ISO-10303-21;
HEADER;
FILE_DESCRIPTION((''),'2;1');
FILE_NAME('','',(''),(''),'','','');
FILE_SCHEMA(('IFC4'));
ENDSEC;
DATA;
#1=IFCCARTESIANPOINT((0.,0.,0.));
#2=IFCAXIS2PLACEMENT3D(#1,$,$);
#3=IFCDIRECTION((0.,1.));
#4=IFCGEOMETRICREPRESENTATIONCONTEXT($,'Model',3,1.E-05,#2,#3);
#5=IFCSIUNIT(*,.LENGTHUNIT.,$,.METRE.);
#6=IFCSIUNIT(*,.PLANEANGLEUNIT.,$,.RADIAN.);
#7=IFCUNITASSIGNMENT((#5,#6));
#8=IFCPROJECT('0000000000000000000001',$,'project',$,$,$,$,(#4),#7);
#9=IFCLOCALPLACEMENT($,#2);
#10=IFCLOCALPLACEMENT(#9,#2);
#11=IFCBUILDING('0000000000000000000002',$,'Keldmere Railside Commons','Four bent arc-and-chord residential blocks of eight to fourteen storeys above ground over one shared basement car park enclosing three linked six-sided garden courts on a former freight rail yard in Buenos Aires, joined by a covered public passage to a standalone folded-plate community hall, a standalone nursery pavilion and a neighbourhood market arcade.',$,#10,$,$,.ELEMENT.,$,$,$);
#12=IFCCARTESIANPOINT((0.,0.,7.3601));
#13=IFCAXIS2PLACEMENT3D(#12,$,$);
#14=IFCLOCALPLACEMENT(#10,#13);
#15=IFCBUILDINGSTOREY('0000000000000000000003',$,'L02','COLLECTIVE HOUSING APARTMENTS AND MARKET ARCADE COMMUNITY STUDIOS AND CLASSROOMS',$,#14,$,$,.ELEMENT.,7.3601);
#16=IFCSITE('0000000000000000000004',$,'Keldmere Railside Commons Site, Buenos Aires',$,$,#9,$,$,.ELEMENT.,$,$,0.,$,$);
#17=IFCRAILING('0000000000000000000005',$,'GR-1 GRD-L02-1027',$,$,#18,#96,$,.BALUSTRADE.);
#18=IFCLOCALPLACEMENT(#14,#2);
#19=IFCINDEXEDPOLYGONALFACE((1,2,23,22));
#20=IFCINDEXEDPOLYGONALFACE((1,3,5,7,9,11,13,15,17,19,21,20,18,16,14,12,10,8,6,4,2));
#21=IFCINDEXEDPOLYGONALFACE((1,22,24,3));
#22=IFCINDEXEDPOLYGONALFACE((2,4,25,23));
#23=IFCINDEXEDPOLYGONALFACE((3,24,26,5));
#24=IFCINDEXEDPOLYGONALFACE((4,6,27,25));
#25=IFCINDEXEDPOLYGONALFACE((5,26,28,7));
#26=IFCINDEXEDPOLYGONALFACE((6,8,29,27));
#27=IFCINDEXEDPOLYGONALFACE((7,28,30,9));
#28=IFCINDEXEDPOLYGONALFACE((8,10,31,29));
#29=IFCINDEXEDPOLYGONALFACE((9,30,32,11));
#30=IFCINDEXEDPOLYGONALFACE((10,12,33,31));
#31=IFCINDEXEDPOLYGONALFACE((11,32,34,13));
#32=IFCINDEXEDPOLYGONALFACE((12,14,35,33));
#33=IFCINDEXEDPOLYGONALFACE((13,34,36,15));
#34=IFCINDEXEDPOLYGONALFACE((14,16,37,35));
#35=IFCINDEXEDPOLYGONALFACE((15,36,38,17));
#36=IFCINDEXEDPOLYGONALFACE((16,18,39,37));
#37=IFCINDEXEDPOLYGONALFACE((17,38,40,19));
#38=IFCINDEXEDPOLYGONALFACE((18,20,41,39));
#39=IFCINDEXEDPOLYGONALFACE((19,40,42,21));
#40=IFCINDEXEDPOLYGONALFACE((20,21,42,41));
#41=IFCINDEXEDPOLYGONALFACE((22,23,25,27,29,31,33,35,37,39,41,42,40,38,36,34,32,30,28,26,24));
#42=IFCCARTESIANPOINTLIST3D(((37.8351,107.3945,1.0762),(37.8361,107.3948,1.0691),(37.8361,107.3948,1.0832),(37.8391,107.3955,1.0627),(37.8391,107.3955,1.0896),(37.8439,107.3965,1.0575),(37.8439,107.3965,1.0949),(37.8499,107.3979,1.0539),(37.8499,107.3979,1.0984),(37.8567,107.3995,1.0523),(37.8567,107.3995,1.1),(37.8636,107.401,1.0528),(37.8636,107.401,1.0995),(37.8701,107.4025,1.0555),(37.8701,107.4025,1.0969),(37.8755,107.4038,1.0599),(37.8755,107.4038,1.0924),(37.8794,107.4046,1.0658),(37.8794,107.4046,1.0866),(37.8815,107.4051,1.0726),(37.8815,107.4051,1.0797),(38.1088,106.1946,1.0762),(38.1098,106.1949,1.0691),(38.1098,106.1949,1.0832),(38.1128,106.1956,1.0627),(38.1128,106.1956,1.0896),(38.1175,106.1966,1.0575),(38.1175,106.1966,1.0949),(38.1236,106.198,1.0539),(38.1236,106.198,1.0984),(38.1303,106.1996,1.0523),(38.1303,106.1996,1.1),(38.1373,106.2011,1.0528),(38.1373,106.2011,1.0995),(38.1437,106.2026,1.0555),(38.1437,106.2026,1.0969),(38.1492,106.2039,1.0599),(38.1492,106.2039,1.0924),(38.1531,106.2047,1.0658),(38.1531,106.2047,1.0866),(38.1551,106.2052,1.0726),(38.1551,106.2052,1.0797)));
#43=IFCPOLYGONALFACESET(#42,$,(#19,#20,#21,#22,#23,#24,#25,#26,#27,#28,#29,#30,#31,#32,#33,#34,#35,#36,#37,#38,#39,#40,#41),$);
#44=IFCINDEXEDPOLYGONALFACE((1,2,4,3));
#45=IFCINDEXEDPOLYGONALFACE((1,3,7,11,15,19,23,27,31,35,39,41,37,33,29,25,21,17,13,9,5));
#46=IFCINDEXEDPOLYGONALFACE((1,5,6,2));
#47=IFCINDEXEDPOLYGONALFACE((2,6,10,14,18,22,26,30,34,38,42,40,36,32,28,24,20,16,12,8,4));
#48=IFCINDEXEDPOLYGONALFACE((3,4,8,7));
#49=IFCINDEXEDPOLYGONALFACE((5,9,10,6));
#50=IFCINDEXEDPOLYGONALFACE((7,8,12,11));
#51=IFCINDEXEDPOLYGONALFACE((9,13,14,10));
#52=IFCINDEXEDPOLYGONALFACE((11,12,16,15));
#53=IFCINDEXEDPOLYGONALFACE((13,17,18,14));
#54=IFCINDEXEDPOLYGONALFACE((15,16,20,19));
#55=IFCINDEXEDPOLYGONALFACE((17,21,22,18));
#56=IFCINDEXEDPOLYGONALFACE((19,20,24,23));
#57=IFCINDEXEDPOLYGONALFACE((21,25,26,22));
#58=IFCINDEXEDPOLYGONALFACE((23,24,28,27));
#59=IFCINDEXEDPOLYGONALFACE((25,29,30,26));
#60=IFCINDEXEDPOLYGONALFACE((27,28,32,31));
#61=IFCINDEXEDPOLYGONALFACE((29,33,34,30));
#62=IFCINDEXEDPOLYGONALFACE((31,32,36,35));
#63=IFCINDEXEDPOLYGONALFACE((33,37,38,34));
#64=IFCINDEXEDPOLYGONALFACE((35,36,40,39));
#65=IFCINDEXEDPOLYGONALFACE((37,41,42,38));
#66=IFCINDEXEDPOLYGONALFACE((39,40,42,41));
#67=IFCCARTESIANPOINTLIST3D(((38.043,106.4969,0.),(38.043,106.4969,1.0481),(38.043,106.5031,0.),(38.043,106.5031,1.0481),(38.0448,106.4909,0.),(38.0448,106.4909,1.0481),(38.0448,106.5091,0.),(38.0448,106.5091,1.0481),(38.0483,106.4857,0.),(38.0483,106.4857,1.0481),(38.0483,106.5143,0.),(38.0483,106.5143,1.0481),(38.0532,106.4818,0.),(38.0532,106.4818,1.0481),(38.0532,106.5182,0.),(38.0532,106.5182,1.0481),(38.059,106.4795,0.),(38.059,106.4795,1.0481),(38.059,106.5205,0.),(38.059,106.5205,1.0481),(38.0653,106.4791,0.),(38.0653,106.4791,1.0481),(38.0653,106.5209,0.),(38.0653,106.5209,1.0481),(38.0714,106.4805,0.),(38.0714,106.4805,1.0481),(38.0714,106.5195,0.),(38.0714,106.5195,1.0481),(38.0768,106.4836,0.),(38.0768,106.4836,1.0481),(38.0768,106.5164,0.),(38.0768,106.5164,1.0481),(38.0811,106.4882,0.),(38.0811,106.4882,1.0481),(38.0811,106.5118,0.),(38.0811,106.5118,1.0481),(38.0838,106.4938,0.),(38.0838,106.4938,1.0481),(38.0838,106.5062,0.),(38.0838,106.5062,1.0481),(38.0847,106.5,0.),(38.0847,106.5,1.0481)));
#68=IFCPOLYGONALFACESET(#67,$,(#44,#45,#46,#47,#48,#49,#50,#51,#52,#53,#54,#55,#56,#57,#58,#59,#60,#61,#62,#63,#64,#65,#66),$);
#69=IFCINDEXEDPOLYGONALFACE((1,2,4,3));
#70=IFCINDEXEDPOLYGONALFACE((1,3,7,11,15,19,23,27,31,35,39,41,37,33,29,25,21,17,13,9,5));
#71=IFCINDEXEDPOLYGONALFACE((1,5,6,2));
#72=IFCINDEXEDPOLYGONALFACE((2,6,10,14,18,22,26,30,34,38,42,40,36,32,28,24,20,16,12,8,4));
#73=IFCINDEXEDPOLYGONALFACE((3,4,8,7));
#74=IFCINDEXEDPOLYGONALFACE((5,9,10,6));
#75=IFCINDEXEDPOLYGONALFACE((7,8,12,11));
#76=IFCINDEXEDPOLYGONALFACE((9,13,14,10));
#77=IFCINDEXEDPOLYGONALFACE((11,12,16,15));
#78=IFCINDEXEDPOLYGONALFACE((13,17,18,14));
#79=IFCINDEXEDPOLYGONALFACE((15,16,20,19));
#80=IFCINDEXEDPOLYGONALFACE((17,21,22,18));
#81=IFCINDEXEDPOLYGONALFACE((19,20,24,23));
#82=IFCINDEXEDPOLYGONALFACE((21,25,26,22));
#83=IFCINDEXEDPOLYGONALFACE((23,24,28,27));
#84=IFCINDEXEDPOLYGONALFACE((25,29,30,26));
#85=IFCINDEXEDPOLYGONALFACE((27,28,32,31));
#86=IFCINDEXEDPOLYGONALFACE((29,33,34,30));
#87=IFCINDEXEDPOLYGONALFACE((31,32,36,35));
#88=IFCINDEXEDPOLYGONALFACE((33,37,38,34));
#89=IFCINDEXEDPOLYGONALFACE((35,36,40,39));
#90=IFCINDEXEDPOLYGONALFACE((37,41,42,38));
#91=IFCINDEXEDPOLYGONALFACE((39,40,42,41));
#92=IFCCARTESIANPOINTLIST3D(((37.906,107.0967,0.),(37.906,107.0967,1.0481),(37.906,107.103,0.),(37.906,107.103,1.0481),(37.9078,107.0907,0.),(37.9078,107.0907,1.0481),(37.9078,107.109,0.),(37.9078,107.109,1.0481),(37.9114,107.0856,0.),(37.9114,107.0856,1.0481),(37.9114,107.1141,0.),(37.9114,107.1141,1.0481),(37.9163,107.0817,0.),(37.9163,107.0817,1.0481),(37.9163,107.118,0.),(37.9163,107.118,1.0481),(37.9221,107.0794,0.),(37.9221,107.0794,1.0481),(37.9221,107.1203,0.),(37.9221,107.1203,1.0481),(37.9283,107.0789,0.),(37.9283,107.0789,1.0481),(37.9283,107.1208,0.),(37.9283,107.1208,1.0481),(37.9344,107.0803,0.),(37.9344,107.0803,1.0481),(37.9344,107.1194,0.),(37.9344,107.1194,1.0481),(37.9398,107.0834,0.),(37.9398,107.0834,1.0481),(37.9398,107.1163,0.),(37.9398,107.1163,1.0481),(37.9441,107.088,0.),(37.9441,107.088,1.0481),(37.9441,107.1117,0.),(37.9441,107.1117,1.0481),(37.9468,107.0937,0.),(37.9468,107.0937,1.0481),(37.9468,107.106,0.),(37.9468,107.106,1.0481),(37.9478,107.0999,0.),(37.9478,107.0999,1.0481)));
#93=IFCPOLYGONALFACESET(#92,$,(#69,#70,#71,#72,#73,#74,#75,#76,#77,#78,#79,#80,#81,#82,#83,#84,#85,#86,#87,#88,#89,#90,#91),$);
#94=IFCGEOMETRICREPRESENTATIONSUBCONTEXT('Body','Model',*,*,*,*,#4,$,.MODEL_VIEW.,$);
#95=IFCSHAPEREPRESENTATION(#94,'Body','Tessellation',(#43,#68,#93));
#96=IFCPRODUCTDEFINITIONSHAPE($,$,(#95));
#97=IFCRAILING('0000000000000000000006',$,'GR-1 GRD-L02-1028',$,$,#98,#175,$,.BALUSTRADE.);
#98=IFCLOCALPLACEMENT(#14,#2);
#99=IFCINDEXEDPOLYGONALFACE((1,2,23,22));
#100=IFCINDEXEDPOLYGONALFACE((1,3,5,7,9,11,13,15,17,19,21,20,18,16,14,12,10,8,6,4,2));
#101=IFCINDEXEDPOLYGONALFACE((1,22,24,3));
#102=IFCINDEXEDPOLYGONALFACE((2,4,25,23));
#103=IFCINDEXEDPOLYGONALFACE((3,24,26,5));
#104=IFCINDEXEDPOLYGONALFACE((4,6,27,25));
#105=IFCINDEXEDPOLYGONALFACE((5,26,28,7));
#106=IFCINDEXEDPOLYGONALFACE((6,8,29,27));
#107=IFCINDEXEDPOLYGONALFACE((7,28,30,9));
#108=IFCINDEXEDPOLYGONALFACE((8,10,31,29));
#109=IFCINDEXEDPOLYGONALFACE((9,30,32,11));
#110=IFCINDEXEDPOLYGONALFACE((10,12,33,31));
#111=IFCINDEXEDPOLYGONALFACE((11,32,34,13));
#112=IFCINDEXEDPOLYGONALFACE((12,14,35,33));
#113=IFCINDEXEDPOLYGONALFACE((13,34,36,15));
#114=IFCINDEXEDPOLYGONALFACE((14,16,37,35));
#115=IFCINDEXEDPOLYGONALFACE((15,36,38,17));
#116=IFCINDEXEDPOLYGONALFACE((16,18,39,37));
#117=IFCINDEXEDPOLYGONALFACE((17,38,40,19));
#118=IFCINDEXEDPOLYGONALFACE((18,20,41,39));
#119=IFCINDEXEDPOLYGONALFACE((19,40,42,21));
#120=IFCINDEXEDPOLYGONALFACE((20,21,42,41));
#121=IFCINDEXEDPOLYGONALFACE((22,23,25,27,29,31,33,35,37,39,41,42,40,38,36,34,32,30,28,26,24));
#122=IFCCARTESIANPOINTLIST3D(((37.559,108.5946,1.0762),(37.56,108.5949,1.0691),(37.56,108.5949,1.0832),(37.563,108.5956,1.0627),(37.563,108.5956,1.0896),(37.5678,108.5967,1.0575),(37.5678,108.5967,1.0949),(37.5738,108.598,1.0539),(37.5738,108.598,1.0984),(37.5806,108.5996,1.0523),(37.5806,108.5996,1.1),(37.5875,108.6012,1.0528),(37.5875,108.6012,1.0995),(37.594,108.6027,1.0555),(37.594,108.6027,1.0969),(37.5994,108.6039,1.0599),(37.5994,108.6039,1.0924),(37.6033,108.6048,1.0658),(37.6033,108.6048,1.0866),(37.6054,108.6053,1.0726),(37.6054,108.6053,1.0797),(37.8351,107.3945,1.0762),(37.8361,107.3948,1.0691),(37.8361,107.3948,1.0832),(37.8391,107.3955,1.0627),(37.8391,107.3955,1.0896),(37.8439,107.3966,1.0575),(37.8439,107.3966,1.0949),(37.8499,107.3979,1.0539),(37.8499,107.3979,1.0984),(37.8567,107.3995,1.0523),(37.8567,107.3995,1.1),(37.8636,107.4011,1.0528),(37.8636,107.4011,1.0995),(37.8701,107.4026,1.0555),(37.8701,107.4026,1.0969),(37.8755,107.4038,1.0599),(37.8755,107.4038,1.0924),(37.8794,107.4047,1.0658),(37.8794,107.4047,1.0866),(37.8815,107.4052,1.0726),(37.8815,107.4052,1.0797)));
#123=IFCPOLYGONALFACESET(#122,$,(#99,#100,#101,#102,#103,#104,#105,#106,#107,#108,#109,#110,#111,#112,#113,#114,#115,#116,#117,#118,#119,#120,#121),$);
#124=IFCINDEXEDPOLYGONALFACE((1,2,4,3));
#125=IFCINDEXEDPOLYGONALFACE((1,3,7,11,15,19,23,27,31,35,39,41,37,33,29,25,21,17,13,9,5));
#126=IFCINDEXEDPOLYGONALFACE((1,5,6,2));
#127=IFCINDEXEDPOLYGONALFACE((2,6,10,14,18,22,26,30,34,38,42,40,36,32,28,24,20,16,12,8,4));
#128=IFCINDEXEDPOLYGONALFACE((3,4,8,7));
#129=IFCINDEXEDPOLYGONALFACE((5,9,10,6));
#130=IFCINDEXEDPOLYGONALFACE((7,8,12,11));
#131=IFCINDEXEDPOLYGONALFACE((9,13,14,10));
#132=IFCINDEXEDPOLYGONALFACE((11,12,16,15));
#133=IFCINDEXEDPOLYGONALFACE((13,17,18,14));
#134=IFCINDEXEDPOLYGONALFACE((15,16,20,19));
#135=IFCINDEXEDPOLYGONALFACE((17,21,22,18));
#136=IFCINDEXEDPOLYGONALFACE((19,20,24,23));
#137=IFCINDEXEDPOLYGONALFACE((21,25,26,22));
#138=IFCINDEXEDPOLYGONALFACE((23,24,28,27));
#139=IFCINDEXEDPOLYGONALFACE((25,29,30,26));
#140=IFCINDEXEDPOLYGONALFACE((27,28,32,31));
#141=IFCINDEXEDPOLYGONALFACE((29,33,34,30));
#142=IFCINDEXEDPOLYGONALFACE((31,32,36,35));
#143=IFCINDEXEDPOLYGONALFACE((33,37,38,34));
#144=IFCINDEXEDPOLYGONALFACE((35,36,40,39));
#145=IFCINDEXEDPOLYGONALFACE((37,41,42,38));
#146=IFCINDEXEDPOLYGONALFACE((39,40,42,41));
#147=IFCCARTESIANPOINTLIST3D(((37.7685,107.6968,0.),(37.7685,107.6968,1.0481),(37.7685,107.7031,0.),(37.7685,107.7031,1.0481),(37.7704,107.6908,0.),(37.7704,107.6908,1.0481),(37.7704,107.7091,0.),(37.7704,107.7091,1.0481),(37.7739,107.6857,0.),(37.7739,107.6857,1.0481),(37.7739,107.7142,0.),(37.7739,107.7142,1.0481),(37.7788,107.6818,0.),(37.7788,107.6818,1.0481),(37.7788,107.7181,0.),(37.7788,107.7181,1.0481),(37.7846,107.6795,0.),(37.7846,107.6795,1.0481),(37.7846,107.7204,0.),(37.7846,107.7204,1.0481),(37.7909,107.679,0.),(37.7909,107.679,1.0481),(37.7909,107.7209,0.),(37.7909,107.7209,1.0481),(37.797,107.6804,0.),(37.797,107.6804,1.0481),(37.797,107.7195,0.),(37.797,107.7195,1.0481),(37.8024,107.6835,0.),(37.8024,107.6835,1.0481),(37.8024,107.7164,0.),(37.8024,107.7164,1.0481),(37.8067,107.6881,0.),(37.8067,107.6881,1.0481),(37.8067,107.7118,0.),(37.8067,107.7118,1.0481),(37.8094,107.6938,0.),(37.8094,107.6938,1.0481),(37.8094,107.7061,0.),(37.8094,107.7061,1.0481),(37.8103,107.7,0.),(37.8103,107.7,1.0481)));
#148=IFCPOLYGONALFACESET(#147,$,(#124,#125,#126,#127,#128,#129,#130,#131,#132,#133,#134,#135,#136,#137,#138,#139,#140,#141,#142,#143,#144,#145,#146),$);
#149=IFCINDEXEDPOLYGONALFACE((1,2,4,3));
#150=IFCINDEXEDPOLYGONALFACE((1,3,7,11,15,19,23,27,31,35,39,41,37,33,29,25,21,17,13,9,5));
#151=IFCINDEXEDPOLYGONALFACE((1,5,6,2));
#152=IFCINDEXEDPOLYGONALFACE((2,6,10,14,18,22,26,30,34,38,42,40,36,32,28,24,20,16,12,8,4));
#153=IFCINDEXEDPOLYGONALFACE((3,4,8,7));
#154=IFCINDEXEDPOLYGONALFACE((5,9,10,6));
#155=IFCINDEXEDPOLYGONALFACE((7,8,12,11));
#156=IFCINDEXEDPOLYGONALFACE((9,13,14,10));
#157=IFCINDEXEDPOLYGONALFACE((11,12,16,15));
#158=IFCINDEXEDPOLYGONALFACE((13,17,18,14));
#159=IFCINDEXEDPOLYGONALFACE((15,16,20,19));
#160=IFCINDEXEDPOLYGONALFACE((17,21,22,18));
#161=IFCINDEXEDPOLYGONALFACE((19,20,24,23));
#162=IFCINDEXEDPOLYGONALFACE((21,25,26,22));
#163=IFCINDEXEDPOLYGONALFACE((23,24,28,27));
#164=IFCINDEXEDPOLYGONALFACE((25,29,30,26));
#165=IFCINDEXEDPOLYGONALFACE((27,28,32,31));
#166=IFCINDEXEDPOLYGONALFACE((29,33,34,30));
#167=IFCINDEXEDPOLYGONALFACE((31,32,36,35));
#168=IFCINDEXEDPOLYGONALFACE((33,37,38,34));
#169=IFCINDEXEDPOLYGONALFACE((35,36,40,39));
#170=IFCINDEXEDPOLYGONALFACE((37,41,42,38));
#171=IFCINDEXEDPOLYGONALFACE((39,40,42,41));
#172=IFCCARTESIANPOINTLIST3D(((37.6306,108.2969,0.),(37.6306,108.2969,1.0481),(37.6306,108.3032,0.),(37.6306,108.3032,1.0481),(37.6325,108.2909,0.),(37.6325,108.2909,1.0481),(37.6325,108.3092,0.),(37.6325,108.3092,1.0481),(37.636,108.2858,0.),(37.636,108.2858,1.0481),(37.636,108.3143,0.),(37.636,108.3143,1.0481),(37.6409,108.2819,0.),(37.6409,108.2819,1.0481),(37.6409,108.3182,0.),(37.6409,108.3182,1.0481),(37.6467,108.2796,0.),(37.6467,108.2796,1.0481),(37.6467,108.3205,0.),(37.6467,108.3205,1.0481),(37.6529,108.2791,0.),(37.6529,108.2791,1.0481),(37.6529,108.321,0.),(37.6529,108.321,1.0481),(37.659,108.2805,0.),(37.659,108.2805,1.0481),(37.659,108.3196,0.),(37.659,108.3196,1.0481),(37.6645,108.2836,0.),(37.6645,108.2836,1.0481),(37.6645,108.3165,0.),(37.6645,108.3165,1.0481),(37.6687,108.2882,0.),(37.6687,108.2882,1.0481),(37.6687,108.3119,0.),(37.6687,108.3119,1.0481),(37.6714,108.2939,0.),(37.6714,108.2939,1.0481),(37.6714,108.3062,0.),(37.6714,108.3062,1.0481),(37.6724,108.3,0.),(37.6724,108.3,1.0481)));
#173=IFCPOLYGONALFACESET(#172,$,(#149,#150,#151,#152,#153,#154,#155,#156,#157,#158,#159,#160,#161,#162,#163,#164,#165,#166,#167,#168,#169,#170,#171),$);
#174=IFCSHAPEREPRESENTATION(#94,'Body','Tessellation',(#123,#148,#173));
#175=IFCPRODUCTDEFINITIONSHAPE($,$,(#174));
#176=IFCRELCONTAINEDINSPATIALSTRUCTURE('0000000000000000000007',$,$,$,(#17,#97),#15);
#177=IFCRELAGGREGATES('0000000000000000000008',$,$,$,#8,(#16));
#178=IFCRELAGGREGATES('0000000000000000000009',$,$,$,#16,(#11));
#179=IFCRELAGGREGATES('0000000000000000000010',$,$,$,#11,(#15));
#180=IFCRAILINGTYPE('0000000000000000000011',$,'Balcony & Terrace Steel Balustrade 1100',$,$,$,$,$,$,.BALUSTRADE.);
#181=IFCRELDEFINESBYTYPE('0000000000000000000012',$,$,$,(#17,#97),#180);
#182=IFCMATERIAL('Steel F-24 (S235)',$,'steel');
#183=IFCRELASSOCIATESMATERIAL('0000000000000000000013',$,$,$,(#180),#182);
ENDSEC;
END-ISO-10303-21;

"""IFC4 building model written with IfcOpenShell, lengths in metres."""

from ifc_helpers import new_model, si_unit, direction, frame, origin, origin_2d, place, context, subcontext, project, spatial, circle, extrude, material, type_object, element, save


model = new_model("IFC4")

# Units and contexts
model_context = context("Model", 3, precision=1e-05, world=origin(), true_north=direction((0.0, 1.0)))
body_context = subcontext(model_context, "Body", "Model", "MODEL_VIEW")
ifc_project = project(units=[si_unit("LENGTHUNIT", "METRE"), si_unit("PLANEANGLEUNIT", "RADIAN")], contexts=[model_context])

# Site, building, storey
site_placement = place(None, origin())
site = spatial("IfcSite", under=ifc_project, at=site_placement, Name="Keldmere Railside Commons Site, Buenos Aires", CompositionType="ELEMENT", RefElevation=0.0)
building_placement = place(site_placement, origin())
building = spatial("IfcBuilding", under=site, at=building_placement, Name="Keldmere Railside Commons", Description="Four bent arc-and-chord residential blocks of eight to fourteen storeys above ground over one shared basement car park enclosing three linked six-sided garden courts on a former freight rail yard in Buenos Aires, joined by a covered public passage to a standalone folded-plate community hall, a standalone nursery pavilion and a neighbourhood market arcade.", CompositionType="ELEMENT")
storey_placement = place(building_placement, frame((0.0, 0.0, 7.3601)))
storey = spatial("IfcBuildingStorey", under=building, at=storey_placement, Name="L02", Description="COLLECTIVE HOUSING APARTMENTS AND MARKET ARCADE COMMUNITY STUDIOS AND CLASSROOMS", CompositionType="ELEMENT", Elevation=7.3601)

# Railings
ifc_material_1 = material(Name="Steel F-24 (S235)", Category="steel")
railing_type = type_object("IfcRailingType", Name="Balcony & Terrace Steel Balustrade 1100", PredefinedType="BALUSTRADE", material=ifc_material_1)
railing_1_placement = place(storey_placement, frame((38.1321, 106.2, 0.0)))
element("IfcRailing", 1, at=railing_1_placement, inside=storey, type_object=railing_type, Name="GR-1 GRD-L02-1027", PredefinedType="BALUSTRADE", context=body_context, shape_type="SweptSolid", body=[
    extrude(circle(Radius=0.0239, at=origin_2d()), frame((0.0, 0.0, 1.0762), z_axis=(-0.222367, 0.974963, 0.0), x_axis=(-0.974963, -0.222367, 0.0)), (0.0, 0.0, 1.0), 1.2307),
    extrude(circle(Radius=0.021, at=origin_2d()), frame((-0.0684, 0.3, 0.0)), (0.0, 0.0, 1.0), 1.0481),
    extrude(circle(Radius=0.021, at=origin_2d()), frame((-0.2053, 0.8999, 0.0)), (0.0, 0.0, 1.0), 1.0481),
])
railing_2_placement = place(storey_placement, frame((37.8584, 107.3999, 0.0)))
element("IfcRailing", 2, at=railing_2_placement, inside=storey, type_object=railing_type, Name="GR-1 GRD-L02-1028", PredefinedType="BALUSTRADE", context=body_context, shape_type="SweptSolid", body=[
    extrude(circle(Radius=0.0239, at=origin_2d()), frame((0.0, 0.0, 1.0762), z_axis=(-0.224208, 0.974541, 0.0), x_axis=(-0.974541, -0.224208, 0.0)), (0.0, 0.0, 1.0), 1.2314),
    extrude(circle(Radius=0.021, at=origin_2d()), frame((-0.0691, 0.3, 0.0)), (0.0, 0.0, 1.0), 1.0481),
    extrude(circle(Radius=0.021, at=origin_2d()), frame((-0.207, 0.9001, 0.0)), (0.0, 0.0, 1.0), 1.0481),
])

save(model, "model.ifc")
